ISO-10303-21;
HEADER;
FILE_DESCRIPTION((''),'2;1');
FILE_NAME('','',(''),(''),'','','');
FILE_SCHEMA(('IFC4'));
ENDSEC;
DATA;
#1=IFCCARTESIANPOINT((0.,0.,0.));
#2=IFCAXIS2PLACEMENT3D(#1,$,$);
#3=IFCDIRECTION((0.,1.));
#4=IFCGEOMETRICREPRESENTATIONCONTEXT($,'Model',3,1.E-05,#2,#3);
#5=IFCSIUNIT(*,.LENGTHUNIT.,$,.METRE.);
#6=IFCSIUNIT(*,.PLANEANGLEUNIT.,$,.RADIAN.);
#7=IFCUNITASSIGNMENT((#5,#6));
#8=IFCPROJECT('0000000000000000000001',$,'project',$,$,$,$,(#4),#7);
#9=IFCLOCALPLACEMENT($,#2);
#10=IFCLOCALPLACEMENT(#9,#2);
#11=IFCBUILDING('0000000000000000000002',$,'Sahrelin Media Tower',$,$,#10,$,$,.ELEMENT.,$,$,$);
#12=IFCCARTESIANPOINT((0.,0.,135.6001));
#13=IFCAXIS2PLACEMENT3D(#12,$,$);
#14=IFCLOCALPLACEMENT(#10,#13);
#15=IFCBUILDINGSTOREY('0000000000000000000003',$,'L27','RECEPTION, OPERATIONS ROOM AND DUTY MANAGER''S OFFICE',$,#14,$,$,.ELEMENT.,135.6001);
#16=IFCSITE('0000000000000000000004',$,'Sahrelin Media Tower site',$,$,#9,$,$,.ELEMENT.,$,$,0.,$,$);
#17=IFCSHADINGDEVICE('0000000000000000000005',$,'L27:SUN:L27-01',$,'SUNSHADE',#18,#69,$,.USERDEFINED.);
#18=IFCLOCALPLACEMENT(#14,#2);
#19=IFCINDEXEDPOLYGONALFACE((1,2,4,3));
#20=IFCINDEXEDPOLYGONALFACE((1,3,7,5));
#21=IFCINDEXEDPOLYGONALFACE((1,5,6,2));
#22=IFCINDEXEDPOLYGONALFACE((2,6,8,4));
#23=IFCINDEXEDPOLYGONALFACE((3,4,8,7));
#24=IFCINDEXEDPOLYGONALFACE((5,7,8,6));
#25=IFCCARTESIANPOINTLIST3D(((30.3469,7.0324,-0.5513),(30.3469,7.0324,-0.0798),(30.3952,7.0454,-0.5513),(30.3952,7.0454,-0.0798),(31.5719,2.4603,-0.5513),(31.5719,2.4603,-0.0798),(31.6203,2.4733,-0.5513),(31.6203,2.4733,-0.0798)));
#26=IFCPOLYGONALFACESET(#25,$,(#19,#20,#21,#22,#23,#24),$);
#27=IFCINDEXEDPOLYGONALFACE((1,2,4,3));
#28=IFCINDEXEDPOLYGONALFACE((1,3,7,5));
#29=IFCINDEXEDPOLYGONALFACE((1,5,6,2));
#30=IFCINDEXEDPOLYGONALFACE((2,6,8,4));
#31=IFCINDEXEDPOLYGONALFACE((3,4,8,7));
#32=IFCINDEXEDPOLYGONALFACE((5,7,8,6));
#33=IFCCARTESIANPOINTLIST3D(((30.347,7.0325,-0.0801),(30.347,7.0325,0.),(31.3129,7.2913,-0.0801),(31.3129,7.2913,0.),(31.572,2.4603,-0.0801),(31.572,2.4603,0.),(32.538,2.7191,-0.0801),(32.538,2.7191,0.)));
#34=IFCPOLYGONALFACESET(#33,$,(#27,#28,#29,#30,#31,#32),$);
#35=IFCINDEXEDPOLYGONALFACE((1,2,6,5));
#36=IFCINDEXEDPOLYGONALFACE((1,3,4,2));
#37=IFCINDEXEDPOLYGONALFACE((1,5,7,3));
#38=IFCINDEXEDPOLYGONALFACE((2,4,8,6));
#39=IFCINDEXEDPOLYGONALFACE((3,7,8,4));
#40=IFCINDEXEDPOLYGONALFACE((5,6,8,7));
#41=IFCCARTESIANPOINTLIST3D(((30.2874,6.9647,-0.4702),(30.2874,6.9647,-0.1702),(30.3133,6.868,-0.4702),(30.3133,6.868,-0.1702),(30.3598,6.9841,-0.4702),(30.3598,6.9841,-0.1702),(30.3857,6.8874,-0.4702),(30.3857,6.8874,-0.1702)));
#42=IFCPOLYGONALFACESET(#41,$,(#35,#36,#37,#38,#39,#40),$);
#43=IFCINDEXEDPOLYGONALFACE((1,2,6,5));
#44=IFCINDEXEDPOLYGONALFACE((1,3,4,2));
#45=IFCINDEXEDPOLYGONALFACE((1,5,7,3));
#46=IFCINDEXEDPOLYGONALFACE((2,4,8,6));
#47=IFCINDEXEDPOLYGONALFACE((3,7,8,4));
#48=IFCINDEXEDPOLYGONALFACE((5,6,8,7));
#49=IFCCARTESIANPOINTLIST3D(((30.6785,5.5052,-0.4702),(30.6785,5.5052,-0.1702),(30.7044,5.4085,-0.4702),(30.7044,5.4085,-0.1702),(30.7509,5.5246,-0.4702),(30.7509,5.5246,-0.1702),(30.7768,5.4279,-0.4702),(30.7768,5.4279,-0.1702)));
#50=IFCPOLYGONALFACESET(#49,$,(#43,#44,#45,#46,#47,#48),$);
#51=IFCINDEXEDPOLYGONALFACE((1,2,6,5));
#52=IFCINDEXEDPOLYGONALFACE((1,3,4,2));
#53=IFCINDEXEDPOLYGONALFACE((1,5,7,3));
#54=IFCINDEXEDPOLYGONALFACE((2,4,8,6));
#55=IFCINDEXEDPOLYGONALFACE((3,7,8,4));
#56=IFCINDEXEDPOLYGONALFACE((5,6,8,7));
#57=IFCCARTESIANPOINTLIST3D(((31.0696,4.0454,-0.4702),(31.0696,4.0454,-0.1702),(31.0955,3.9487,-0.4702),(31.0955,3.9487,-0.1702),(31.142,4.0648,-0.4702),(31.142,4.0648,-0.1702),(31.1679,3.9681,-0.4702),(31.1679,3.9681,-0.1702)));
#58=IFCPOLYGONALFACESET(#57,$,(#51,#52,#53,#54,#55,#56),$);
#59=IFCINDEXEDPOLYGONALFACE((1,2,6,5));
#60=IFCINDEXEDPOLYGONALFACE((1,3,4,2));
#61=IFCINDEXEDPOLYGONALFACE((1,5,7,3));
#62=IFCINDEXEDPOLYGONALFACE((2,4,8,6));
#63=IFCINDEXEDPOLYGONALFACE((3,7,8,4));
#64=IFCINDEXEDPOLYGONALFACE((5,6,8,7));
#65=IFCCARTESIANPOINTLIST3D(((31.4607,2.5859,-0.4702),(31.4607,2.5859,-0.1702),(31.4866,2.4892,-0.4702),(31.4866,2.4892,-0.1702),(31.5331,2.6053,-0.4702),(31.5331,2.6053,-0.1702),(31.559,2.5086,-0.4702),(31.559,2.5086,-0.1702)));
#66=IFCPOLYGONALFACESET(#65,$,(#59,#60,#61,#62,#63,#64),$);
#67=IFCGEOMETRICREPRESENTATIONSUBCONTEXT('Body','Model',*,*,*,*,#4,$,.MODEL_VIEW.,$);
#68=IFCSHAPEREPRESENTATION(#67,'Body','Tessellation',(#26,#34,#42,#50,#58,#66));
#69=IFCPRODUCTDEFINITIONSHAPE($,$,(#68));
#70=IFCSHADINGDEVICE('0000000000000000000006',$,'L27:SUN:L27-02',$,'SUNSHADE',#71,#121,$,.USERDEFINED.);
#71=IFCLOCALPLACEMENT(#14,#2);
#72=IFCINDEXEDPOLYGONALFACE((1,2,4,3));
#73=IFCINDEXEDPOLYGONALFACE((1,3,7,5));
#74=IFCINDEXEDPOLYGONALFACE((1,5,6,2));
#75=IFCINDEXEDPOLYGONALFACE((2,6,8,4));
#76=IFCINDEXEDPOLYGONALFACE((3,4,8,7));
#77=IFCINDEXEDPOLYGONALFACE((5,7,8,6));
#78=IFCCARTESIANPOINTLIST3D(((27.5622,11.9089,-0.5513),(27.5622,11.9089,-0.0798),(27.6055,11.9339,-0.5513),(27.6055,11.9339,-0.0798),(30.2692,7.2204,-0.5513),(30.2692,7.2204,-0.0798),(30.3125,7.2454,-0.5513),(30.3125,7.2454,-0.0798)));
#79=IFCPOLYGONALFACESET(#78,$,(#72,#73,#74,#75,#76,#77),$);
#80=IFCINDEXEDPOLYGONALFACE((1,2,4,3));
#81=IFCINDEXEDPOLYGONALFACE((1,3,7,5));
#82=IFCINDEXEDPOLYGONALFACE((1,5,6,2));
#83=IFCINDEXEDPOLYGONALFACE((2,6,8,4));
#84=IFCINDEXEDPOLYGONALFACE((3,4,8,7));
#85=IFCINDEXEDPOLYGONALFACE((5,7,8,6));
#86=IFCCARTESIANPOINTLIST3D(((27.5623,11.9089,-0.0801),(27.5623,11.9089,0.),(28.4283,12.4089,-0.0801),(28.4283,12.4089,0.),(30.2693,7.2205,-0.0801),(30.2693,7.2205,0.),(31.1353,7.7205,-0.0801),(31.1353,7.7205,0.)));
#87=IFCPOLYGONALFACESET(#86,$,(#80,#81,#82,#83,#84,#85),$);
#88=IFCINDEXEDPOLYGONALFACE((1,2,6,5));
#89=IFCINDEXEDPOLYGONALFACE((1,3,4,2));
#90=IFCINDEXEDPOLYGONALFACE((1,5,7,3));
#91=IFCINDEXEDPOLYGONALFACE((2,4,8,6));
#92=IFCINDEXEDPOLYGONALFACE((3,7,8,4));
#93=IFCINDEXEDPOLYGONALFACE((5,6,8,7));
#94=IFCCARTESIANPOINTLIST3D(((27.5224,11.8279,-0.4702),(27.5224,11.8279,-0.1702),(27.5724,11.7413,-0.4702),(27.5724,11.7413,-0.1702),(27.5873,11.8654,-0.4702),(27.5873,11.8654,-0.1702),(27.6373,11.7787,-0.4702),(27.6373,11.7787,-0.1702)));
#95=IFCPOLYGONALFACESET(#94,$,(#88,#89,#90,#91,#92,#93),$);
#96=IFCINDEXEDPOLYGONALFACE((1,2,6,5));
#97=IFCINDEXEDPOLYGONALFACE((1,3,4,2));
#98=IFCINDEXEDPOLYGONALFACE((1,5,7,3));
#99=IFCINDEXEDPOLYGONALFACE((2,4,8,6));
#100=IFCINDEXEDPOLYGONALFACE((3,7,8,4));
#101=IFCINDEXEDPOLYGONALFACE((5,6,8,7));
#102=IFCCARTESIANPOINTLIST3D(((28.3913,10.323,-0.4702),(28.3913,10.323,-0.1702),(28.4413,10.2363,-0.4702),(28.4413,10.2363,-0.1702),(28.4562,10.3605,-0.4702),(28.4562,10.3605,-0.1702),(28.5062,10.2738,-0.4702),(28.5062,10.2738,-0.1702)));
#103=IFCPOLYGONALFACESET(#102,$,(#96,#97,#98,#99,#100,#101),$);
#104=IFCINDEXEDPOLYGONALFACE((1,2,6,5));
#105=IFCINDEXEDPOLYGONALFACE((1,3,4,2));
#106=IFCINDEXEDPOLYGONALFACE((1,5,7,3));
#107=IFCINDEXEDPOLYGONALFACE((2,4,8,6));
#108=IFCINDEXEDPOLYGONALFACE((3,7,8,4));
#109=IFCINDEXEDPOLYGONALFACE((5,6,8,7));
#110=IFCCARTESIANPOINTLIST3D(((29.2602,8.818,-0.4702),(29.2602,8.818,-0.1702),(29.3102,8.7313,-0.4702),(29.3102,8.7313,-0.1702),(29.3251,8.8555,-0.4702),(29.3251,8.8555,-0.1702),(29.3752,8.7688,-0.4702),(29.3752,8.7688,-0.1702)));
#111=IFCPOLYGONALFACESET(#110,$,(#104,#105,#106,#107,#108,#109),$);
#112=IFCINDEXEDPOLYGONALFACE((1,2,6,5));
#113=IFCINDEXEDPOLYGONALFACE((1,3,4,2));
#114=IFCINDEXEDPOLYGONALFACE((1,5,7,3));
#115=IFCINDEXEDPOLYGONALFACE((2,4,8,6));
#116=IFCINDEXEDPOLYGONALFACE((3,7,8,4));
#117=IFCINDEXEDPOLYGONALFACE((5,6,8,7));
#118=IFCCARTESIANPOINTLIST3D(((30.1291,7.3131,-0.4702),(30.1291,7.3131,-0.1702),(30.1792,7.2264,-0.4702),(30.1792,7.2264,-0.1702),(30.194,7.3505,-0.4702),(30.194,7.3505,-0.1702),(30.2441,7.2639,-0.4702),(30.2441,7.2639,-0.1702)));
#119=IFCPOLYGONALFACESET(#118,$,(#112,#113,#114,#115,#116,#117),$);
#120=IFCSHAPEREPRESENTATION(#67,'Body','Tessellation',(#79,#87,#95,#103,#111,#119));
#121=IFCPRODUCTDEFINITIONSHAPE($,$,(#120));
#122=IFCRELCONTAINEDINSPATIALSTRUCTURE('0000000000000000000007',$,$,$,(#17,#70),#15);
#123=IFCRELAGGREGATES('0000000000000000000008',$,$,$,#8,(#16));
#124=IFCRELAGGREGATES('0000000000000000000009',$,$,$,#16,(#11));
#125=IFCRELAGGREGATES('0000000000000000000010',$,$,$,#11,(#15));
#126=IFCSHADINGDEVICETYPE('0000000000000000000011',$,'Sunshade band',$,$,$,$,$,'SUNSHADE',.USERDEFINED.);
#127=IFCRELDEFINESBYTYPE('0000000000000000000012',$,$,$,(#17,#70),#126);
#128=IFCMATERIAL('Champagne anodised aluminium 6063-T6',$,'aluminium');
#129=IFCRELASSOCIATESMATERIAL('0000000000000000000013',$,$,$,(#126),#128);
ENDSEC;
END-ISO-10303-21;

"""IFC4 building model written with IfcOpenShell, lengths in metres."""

from ifc_helpers import new_model, si_unit, direction, frame, origin, origin_2d, place, context, subcontext, project, spatial, rectangle, extrude, material, type_object, element, save


model = new_model("IFC4")

# Units and contexts
model_context = context("Model", 3, precision=1e-05, world=origin(), true_north=direction((0.0, 1.0)))
body_context = subcontext(model_context, "Body", "Model", "MODEL_VIEW")
ifc_project = project(units=[si_unit("LENGTHUNIT", "METRE"), si_unit("PLANEANGLEUNIT", "RADIAN")], contexts=[model_context])

# Site, building, storey
site_placement = place(None, origin())
site = spatial("IfcSite", under=ifc_project, at=site_placement, Name="Sahrelin Media Tower site", CompositionType="ELEMENT", RefElevation=0.0)
building_placement = place(site_placement, origin())
building = spatial("IfcBuilding", under=site, at=building_placement, Name="Sahrelin Media Tower", CompositionType="ELEMENT")
storey_placement = place(building_placement, frame((0.0, 0.0, 135.6001)))
storey = spatial("IfcBuildingStorey", under=building, at=storey_placement, Name="L27", Description="RECEPTION, OPERATIONS ROOM AND DUTY MANAGER'S OFFICE", CompositionType="ELEMENT", Elevation=135.6001)

# Shared definitions
ifc_material_1 = material(Name="Champagne anodised aluminium 6063-T6", Category="aluminium")

# Shading devices
placement_1 = place(storey_placement, frame((30.9402, 4.7412, 0.0), z_axis=(0.0, 0.0, 1.0), x_axis=(0.258808, -0.965929, 0.0)))
shading_device_type_1 = type_object("IfcShadingDeviceType", Name="Sunshade band", ElementType="SUNSHADE", PredefinedType="USERDEFINED", material=ifc_material_1)
element("IfcShadingDevice", 1, at=placement_1, inside=storey, type_object=shading_device_type_1, Name="L27:SUN:L27-01", ObjectType="SUNSHADE", PredefinedType="USERDEFINED", context=body_context, shape_type="SweptSolid", body=[
    extrude(rectangle(XDim=4.7334, YDim=0.05, at=origin_2d()), frame((0.0, 0.0449, -0.5513)), (0.0, 0.0, 1.0), 0.4714),
    extrude(rectangle(XDim=4.7334, YDim=1.0, at=origin_2d()), frame((0.0, 0.52, -0.0801)), (0.0, 0.0, 1.0), 0.0801),
    extrude(rectangle(XDim=0.1001, YDim=0.075, at=origin_2d()), frame((-2.2666, -0.0176, -0.4702)), (0.0, 0.0, 1.0), 0.3),
    extrude(rectangle(XDim=0.1001, YDim=0.075, at=origin_2d()), frame((-0.7556, -0.0176, -0.4702)), (0.0, 0.0, 1.0), 0.3),
    extrude(rectangle(XDim=0.1001, YDim=0.075, at=origin_2d()), frame((0.7556, -0.0176, -0.4702)), (0.0, 0.0, 1.0), 0.3),
    extrude(rectangle(XDim=0.1001, YDim=0.075, at=origin_2d()), frame((2.2666, -0.0176, -0.4702)), (0.0, 0.0, 1.0), 0.3),
])
shading_device_1_placement = place(storey_placement, frame((28.8984, 9.5547, 0.0), z_axis=(0.0, 0.0, 1.0), x_axis=(0.500011, -0.866019, 0.0)))
element("IfcShadingDevice", 2, at=shading_device_1_placement, inside=storey, type_object=shading_device_type_1, Name="L27:SUN:L27-02", ObjectType="SUNSHADE", PredefinedType="USERDEFINED", context=body_context, shape_type="SweptSolid", body=[
    extrude(rectangle(XDim=5.4138, YDim=0.05, at=origin_2d()), frame((0.0, 0.0449, -0.5513)), (0.0, 0.0, 1.0), 0.4714),
    extrude(rectangle(XDim=5.4138, YDim=1.0, at=origin_2d()), frame((0.0, 0.52, -0.0801)), (0.0, 0.0, 1.0), 0.0801),
    extrude(rectangle(XDim=0.1001, YDim=0.075, at=origin_2d()), frame((-2.6067, -0.0176, -0.4702)), (0.0, 0.0, 1.0), 0.3),
    extrude(rectangle(XDim=0.1001, YDim=0.075, at=origin_2d()), frame((-0.8689, -0.0176, -0.4702)), (0.0, 0.0, 1.0), 0.3),
    extrude(rectangle(XDim=0.1001, YDim=0.075, at=origin_2d()), frame((0.8689, -0.0176, -0.4702)), (0.0, 0.0, 1.0), 0.3),
    extrude(rectangle(XDim=0.1001, YDim=0.075, at=origin_2d()), frame((2.6067, -0.0176, -0.4702)), (0.0, 0.0, 1.0), 0.3),
])

save(model, "model.ifc")
